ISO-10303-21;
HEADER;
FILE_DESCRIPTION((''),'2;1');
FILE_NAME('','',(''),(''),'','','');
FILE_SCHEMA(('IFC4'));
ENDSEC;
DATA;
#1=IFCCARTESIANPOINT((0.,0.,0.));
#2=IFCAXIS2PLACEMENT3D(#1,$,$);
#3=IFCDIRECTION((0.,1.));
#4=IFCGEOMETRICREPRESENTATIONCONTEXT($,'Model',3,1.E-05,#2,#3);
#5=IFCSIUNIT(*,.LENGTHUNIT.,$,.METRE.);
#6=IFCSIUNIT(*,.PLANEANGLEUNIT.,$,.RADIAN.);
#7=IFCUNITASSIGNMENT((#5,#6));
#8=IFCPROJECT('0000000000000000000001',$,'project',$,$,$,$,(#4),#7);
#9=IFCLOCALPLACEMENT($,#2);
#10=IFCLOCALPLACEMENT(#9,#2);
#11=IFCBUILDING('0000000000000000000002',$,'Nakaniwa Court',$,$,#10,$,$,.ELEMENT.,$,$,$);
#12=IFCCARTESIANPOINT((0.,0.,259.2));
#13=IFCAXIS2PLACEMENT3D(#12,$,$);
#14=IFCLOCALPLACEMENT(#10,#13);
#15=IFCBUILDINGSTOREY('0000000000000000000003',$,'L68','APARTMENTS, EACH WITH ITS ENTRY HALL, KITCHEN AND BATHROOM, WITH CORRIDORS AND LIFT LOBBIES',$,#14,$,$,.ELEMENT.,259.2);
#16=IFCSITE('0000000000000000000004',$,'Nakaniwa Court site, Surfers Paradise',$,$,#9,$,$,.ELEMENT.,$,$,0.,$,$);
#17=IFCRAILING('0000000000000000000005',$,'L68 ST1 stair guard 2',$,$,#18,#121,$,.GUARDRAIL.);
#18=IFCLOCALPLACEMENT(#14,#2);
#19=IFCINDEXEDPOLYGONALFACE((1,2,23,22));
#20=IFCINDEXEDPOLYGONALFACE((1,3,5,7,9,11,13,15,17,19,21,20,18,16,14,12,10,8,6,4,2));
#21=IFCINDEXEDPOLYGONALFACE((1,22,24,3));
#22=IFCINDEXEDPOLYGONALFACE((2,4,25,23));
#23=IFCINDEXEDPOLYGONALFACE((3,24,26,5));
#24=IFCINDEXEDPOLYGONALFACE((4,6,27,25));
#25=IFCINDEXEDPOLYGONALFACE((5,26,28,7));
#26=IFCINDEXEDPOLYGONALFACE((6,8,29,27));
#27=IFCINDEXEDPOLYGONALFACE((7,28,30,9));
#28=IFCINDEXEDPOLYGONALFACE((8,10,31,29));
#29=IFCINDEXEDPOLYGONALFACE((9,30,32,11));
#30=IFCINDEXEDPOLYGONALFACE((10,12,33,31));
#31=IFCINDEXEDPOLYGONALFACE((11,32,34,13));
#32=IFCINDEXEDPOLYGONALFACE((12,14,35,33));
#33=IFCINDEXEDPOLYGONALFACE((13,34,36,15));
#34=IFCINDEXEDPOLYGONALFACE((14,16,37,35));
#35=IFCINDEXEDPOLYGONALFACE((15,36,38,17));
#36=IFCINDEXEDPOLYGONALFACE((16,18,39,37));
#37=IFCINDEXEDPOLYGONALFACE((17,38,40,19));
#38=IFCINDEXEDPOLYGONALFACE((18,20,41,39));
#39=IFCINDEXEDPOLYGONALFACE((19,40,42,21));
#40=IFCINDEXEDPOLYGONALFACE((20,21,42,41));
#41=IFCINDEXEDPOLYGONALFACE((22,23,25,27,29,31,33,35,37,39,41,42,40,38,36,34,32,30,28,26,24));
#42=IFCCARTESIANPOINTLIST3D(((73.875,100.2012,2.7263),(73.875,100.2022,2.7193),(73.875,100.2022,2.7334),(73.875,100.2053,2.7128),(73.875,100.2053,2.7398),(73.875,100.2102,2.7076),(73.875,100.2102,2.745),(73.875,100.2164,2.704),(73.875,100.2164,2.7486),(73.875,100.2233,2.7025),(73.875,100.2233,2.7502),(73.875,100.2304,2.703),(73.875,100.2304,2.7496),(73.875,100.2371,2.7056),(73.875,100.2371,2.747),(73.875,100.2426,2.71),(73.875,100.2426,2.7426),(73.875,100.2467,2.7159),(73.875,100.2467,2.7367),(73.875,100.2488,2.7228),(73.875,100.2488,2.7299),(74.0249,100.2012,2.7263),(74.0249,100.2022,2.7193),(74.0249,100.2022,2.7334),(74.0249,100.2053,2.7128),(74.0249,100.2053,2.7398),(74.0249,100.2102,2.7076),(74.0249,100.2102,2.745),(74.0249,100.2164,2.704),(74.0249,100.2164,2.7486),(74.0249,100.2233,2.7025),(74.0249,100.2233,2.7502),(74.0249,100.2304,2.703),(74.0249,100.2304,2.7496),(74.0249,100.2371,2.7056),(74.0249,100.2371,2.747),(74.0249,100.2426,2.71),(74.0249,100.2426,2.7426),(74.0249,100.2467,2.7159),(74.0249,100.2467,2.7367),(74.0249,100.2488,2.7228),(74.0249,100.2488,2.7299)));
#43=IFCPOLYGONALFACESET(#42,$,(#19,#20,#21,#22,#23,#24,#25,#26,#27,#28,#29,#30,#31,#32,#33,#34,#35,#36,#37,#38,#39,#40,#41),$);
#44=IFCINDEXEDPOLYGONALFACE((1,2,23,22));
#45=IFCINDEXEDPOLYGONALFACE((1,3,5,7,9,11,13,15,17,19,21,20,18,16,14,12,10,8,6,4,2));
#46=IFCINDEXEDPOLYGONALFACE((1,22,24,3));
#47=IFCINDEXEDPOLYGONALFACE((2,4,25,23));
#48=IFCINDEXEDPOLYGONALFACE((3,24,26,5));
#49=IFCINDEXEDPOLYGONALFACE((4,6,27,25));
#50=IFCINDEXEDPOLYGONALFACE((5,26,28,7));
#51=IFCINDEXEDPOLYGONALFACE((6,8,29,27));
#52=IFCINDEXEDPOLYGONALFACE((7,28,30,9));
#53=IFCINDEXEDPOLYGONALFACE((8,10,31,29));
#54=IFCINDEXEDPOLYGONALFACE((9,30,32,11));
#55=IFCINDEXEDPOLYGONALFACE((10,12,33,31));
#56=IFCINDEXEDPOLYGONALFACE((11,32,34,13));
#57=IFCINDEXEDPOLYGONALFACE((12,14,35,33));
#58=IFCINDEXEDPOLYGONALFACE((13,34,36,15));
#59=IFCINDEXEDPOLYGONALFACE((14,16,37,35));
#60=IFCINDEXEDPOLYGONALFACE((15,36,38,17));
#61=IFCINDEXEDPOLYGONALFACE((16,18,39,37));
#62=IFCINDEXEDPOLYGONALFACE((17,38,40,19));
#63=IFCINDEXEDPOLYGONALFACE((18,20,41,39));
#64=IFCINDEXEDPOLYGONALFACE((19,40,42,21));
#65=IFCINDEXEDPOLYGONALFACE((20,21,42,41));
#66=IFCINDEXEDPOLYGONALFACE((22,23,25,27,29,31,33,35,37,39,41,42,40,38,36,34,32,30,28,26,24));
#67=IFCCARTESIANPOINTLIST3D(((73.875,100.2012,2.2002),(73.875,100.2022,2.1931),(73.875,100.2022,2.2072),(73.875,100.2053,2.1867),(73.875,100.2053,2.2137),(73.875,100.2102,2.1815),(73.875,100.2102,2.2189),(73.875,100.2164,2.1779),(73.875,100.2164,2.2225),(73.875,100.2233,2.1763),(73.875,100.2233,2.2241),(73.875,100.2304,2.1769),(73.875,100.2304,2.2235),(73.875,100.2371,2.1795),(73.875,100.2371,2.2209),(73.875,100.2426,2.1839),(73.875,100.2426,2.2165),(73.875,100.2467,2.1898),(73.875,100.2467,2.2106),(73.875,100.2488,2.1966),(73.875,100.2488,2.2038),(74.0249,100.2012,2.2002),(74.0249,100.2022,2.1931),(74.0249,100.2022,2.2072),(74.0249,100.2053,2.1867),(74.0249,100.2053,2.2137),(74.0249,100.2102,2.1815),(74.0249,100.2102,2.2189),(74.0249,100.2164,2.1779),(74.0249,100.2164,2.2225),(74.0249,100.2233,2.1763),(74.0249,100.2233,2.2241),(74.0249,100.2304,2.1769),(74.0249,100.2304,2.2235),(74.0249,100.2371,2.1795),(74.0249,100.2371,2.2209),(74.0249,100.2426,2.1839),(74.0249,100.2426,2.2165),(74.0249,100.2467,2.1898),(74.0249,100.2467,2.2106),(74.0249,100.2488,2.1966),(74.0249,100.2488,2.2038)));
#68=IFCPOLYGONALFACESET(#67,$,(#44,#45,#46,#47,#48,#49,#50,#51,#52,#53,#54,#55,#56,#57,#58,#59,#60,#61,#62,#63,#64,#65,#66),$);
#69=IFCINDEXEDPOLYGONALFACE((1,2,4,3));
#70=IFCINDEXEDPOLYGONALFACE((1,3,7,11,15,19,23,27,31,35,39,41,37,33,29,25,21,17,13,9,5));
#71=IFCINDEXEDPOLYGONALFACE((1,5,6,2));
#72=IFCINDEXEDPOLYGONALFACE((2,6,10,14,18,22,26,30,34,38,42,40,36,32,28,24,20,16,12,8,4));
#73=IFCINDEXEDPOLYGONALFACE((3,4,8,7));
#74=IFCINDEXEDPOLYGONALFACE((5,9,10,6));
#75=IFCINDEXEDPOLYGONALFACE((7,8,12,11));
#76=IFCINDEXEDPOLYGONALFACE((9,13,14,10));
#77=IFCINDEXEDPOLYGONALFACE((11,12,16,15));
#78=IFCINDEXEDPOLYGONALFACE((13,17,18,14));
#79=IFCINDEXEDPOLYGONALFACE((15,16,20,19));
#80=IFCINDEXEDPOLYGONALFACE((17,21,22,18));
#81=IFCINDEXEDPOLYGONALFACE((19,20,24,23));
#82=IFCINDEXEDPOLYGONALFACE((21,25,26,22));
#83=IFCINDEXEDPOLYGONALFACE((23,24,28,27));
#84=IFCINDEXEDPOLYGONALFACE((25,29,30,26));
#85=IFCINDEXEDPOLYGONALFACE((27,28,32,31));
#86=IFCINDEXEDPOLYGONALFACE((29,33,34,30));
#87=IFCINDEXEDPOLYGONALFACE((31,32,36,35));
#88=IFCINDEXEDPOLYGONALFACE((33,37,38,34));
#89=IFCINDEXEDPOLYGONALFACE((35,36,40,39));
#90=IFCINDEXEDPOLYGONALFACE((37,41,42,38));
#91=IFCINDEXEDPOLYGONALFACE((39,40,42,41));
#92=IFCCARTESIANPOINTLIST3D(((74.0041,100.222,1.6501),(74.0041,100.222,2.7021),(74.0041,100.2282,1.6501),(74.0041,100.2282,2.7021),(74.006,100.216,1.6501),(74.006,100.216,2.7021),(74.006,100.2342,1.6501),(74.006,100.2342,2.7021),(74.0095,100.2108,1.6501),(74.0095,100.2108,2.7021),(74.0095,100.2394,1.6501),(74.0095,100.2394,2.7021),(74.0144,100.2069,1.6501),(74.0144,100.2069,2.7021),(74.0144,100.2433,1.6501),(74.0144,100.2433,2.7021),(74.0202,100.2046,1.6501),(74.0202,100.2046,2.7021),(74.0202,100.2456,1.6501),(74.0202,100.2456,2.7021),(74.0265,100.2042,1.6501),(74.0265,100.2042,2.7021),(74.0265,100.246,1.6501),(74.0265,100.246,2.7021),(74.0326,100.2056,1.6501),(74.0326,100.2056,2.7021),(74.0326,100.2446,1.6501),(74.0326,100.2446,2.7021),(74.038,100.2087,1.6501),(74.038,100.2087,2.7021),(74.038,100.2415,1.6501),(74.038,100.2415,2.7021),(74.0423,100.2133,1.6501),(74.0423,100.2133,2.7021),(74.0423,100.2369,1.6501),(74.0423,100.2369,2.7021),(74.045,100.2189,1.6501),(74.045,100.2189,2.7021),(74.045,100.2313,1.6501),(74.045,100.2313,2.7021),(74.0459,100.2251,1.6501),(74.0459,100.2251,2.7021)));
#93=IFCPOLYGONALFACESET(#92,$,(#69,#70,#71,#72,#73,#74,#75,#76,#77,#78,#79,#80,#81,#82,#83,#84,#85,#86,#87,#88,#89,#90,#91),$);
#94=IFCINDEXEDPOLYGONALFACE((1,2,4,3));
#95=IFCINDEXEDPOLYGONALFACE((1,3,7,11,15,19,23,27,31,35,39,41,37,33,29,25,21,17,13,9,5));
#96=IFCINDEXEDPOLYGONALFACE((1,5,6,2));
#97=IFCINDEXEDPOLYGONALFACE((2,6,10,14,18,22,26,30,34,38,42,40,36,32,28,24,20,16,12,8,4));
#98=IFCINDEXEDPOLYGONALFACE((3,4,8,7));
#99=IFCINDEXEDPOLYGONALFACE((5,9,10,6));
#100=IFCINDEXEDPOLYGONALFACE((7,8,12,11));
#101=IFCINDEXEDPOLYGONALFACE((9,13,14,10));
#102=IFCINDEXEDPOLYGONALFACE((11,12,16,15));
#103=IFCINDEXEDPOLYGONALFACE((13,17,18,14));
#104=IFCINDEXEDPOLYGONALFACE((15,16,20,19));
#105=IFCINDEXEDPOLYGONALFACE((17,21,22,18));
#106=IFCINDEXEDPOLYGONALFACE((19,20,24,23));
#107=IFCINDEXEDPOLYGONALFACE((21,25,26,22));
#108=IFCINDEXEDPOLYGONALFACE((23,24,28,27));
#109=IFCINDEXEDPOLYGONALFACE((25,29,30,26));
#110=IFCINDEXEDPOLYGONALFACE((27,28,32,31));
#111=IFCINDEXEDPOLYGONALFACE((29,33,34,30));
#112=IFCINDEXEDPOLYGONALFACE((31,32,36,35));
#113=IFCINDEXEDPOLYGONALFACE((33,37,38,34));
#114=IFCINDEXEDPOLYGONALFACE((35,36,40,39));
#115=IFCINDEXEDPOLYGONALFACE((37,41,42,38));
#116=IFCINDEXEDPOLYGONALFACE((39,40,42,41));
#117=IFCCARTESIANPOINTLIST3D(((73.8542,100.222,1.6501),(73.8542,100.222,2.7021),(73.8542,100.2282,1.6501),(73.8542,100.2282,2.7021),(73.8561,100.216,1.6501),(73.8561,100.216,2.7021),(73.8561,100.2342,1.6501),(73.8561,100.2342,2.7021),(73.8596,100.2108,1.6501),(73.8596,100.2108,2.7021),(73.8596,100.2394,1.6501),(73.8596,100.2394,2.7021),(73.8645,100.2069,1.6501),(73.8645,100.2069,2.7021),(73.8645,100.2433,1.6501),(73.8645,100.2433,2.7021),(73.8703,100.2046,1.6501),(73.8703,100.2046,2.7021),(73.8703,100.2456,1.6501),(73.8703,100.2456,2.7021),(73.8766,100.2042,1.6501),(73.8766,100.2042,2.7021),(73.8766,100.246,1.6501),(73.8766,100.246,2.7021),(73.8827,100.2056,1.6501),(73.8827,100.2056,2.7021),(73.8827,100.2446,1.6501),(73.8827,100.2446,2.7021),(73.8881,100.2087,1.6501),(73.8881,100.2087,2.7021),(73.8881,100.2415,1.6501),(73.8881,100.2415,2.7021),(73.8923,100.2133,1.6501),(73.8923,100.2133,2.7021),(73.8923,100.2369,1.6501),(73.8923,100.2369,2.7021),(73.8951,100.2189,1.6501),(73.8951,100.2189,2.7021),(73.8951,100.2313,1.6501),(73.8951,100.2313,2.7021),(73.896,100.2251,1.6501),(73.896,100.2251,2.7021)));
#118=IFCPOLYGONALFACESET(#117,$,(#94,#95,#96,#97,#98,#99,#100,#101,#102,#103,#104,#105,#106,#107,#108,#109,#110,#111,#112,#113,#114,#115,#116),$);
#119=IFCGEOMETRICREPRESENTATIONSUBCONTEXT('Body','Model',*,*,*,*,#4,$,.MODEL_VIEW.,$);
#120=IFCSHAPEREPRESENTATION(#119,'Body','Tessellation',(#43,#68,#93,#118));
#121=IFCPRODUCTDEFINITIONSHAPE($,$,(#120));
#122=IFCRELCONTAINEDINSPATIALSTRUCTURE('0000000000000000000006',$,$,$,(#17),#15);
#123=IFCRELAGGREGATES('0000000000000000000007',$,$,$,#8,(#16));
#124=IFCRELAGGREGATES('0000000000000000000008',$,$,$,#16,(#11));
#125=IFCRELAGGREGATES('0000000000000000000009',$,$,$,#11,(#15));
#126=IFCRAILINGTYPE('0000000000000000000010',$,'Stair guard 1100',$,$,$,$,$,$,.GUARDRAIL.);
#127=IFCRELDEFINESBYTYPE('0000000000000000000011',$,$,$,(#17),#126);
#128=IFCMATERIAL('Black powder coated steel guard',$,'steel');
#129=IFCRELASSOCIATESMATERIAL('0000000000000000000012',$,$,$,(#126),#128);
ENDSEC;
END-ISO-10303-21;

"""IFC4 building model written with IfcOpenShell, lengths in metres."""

from ifc_helpers import new_model, si_unit, direction, frame, origin, origin_2d, place, context, subcontext, project, spatial, circle, extrude, material, type_object, element, save


model = new_model("IFC4")

# Units and contexts
model_context = context("Model", 3, precision=1e-05, world=origin(), true_north=direction((0.0, 1.0)))
body_context = subcontext(model_context, "Body", "Model", "MODEL_VIEW")
ifc_project = project(units=[si_unit("LENGTHUNIT", "METRE"), si_unit("PLANEANGLEUNIT", "RADIAN")], contexts=[model_context])

# Site, building, storey
site_placement = place(None, origin())
site = spatial("IfcSite", under=ifc_project, at=site_placement, Name="Nakaniwa Court site, Surfers Paradise", CompositionType="ELEMENT", RefElevation=0.0)
building_placement = place(site_placement, origin())
building = spatial("IfcBuilding", under=site, at=building_placement, Name="Nakaniwa Court", CompositionType="ELEMENT")
storey_placement = place(building_placement, frame((0.0, 0.0, 259.2)))
storey = spatial("IfcBuildingStorey", under=building, at=storey_placement, Name="L68", Description="APARTMENTS, EACH WITH ITS ENTRY HALL, KITCHEN AND BATHROOM, WITH CORRIDORS AND LIFT LOBBIES", CompositionType="ELEMENT", Elevation=259.2)

# Railing
ifc_material_1 = material(Name="Black powder coated steel guard", Category="steel")
railing_type_1 = type_object("IfcRailingType", Name="Stair guard 1100", PredefinedType="GUARDRAIL", material=ifc_material_1)
railing_1_placement = place(storey_placement, frame((74.0249, 100.2251, 1.6501)))
element("IfcRailing", 1, at=railing_1_placement, inside=storey, type_object=railing_type_1, Name="L68 ST1 stair guard 2", PredefinedType="GUARDRAIL", context=body_context, shape_type="SweptSolid", body=[
    extrude(circle(Radius=0.0239, at=origin_2d()), frame((0.0, 0.0, 1.0762), z_axis=(-1.0, 0.0, 0.0), x_axis=(0.0, -1.0, 0.0)), (0.0, 0.0, 1.0), 0.1499),
    extrude(circle(Radius=0.0239, at=origin_2d()), frame((0.0, 0.0, 0.55), z_axis=(-1.0, 0.0, 0.0), x_axis=(0.0, -1.0, 0.0)), (0.0, 0.0, 1.0), 0.1499),
    extrude(circle(Radius=0.021, at=origin_2d()), origin(), (0.0, 0.0, 1.0), 1.052),
    extrude(circle(Radius=0.021, at=origin_2d()), frame((-0.1499, 0.0, 0.0)), (0.0, 0.0, 1.0), 1.052),
])

save(model, "model.ifc")
